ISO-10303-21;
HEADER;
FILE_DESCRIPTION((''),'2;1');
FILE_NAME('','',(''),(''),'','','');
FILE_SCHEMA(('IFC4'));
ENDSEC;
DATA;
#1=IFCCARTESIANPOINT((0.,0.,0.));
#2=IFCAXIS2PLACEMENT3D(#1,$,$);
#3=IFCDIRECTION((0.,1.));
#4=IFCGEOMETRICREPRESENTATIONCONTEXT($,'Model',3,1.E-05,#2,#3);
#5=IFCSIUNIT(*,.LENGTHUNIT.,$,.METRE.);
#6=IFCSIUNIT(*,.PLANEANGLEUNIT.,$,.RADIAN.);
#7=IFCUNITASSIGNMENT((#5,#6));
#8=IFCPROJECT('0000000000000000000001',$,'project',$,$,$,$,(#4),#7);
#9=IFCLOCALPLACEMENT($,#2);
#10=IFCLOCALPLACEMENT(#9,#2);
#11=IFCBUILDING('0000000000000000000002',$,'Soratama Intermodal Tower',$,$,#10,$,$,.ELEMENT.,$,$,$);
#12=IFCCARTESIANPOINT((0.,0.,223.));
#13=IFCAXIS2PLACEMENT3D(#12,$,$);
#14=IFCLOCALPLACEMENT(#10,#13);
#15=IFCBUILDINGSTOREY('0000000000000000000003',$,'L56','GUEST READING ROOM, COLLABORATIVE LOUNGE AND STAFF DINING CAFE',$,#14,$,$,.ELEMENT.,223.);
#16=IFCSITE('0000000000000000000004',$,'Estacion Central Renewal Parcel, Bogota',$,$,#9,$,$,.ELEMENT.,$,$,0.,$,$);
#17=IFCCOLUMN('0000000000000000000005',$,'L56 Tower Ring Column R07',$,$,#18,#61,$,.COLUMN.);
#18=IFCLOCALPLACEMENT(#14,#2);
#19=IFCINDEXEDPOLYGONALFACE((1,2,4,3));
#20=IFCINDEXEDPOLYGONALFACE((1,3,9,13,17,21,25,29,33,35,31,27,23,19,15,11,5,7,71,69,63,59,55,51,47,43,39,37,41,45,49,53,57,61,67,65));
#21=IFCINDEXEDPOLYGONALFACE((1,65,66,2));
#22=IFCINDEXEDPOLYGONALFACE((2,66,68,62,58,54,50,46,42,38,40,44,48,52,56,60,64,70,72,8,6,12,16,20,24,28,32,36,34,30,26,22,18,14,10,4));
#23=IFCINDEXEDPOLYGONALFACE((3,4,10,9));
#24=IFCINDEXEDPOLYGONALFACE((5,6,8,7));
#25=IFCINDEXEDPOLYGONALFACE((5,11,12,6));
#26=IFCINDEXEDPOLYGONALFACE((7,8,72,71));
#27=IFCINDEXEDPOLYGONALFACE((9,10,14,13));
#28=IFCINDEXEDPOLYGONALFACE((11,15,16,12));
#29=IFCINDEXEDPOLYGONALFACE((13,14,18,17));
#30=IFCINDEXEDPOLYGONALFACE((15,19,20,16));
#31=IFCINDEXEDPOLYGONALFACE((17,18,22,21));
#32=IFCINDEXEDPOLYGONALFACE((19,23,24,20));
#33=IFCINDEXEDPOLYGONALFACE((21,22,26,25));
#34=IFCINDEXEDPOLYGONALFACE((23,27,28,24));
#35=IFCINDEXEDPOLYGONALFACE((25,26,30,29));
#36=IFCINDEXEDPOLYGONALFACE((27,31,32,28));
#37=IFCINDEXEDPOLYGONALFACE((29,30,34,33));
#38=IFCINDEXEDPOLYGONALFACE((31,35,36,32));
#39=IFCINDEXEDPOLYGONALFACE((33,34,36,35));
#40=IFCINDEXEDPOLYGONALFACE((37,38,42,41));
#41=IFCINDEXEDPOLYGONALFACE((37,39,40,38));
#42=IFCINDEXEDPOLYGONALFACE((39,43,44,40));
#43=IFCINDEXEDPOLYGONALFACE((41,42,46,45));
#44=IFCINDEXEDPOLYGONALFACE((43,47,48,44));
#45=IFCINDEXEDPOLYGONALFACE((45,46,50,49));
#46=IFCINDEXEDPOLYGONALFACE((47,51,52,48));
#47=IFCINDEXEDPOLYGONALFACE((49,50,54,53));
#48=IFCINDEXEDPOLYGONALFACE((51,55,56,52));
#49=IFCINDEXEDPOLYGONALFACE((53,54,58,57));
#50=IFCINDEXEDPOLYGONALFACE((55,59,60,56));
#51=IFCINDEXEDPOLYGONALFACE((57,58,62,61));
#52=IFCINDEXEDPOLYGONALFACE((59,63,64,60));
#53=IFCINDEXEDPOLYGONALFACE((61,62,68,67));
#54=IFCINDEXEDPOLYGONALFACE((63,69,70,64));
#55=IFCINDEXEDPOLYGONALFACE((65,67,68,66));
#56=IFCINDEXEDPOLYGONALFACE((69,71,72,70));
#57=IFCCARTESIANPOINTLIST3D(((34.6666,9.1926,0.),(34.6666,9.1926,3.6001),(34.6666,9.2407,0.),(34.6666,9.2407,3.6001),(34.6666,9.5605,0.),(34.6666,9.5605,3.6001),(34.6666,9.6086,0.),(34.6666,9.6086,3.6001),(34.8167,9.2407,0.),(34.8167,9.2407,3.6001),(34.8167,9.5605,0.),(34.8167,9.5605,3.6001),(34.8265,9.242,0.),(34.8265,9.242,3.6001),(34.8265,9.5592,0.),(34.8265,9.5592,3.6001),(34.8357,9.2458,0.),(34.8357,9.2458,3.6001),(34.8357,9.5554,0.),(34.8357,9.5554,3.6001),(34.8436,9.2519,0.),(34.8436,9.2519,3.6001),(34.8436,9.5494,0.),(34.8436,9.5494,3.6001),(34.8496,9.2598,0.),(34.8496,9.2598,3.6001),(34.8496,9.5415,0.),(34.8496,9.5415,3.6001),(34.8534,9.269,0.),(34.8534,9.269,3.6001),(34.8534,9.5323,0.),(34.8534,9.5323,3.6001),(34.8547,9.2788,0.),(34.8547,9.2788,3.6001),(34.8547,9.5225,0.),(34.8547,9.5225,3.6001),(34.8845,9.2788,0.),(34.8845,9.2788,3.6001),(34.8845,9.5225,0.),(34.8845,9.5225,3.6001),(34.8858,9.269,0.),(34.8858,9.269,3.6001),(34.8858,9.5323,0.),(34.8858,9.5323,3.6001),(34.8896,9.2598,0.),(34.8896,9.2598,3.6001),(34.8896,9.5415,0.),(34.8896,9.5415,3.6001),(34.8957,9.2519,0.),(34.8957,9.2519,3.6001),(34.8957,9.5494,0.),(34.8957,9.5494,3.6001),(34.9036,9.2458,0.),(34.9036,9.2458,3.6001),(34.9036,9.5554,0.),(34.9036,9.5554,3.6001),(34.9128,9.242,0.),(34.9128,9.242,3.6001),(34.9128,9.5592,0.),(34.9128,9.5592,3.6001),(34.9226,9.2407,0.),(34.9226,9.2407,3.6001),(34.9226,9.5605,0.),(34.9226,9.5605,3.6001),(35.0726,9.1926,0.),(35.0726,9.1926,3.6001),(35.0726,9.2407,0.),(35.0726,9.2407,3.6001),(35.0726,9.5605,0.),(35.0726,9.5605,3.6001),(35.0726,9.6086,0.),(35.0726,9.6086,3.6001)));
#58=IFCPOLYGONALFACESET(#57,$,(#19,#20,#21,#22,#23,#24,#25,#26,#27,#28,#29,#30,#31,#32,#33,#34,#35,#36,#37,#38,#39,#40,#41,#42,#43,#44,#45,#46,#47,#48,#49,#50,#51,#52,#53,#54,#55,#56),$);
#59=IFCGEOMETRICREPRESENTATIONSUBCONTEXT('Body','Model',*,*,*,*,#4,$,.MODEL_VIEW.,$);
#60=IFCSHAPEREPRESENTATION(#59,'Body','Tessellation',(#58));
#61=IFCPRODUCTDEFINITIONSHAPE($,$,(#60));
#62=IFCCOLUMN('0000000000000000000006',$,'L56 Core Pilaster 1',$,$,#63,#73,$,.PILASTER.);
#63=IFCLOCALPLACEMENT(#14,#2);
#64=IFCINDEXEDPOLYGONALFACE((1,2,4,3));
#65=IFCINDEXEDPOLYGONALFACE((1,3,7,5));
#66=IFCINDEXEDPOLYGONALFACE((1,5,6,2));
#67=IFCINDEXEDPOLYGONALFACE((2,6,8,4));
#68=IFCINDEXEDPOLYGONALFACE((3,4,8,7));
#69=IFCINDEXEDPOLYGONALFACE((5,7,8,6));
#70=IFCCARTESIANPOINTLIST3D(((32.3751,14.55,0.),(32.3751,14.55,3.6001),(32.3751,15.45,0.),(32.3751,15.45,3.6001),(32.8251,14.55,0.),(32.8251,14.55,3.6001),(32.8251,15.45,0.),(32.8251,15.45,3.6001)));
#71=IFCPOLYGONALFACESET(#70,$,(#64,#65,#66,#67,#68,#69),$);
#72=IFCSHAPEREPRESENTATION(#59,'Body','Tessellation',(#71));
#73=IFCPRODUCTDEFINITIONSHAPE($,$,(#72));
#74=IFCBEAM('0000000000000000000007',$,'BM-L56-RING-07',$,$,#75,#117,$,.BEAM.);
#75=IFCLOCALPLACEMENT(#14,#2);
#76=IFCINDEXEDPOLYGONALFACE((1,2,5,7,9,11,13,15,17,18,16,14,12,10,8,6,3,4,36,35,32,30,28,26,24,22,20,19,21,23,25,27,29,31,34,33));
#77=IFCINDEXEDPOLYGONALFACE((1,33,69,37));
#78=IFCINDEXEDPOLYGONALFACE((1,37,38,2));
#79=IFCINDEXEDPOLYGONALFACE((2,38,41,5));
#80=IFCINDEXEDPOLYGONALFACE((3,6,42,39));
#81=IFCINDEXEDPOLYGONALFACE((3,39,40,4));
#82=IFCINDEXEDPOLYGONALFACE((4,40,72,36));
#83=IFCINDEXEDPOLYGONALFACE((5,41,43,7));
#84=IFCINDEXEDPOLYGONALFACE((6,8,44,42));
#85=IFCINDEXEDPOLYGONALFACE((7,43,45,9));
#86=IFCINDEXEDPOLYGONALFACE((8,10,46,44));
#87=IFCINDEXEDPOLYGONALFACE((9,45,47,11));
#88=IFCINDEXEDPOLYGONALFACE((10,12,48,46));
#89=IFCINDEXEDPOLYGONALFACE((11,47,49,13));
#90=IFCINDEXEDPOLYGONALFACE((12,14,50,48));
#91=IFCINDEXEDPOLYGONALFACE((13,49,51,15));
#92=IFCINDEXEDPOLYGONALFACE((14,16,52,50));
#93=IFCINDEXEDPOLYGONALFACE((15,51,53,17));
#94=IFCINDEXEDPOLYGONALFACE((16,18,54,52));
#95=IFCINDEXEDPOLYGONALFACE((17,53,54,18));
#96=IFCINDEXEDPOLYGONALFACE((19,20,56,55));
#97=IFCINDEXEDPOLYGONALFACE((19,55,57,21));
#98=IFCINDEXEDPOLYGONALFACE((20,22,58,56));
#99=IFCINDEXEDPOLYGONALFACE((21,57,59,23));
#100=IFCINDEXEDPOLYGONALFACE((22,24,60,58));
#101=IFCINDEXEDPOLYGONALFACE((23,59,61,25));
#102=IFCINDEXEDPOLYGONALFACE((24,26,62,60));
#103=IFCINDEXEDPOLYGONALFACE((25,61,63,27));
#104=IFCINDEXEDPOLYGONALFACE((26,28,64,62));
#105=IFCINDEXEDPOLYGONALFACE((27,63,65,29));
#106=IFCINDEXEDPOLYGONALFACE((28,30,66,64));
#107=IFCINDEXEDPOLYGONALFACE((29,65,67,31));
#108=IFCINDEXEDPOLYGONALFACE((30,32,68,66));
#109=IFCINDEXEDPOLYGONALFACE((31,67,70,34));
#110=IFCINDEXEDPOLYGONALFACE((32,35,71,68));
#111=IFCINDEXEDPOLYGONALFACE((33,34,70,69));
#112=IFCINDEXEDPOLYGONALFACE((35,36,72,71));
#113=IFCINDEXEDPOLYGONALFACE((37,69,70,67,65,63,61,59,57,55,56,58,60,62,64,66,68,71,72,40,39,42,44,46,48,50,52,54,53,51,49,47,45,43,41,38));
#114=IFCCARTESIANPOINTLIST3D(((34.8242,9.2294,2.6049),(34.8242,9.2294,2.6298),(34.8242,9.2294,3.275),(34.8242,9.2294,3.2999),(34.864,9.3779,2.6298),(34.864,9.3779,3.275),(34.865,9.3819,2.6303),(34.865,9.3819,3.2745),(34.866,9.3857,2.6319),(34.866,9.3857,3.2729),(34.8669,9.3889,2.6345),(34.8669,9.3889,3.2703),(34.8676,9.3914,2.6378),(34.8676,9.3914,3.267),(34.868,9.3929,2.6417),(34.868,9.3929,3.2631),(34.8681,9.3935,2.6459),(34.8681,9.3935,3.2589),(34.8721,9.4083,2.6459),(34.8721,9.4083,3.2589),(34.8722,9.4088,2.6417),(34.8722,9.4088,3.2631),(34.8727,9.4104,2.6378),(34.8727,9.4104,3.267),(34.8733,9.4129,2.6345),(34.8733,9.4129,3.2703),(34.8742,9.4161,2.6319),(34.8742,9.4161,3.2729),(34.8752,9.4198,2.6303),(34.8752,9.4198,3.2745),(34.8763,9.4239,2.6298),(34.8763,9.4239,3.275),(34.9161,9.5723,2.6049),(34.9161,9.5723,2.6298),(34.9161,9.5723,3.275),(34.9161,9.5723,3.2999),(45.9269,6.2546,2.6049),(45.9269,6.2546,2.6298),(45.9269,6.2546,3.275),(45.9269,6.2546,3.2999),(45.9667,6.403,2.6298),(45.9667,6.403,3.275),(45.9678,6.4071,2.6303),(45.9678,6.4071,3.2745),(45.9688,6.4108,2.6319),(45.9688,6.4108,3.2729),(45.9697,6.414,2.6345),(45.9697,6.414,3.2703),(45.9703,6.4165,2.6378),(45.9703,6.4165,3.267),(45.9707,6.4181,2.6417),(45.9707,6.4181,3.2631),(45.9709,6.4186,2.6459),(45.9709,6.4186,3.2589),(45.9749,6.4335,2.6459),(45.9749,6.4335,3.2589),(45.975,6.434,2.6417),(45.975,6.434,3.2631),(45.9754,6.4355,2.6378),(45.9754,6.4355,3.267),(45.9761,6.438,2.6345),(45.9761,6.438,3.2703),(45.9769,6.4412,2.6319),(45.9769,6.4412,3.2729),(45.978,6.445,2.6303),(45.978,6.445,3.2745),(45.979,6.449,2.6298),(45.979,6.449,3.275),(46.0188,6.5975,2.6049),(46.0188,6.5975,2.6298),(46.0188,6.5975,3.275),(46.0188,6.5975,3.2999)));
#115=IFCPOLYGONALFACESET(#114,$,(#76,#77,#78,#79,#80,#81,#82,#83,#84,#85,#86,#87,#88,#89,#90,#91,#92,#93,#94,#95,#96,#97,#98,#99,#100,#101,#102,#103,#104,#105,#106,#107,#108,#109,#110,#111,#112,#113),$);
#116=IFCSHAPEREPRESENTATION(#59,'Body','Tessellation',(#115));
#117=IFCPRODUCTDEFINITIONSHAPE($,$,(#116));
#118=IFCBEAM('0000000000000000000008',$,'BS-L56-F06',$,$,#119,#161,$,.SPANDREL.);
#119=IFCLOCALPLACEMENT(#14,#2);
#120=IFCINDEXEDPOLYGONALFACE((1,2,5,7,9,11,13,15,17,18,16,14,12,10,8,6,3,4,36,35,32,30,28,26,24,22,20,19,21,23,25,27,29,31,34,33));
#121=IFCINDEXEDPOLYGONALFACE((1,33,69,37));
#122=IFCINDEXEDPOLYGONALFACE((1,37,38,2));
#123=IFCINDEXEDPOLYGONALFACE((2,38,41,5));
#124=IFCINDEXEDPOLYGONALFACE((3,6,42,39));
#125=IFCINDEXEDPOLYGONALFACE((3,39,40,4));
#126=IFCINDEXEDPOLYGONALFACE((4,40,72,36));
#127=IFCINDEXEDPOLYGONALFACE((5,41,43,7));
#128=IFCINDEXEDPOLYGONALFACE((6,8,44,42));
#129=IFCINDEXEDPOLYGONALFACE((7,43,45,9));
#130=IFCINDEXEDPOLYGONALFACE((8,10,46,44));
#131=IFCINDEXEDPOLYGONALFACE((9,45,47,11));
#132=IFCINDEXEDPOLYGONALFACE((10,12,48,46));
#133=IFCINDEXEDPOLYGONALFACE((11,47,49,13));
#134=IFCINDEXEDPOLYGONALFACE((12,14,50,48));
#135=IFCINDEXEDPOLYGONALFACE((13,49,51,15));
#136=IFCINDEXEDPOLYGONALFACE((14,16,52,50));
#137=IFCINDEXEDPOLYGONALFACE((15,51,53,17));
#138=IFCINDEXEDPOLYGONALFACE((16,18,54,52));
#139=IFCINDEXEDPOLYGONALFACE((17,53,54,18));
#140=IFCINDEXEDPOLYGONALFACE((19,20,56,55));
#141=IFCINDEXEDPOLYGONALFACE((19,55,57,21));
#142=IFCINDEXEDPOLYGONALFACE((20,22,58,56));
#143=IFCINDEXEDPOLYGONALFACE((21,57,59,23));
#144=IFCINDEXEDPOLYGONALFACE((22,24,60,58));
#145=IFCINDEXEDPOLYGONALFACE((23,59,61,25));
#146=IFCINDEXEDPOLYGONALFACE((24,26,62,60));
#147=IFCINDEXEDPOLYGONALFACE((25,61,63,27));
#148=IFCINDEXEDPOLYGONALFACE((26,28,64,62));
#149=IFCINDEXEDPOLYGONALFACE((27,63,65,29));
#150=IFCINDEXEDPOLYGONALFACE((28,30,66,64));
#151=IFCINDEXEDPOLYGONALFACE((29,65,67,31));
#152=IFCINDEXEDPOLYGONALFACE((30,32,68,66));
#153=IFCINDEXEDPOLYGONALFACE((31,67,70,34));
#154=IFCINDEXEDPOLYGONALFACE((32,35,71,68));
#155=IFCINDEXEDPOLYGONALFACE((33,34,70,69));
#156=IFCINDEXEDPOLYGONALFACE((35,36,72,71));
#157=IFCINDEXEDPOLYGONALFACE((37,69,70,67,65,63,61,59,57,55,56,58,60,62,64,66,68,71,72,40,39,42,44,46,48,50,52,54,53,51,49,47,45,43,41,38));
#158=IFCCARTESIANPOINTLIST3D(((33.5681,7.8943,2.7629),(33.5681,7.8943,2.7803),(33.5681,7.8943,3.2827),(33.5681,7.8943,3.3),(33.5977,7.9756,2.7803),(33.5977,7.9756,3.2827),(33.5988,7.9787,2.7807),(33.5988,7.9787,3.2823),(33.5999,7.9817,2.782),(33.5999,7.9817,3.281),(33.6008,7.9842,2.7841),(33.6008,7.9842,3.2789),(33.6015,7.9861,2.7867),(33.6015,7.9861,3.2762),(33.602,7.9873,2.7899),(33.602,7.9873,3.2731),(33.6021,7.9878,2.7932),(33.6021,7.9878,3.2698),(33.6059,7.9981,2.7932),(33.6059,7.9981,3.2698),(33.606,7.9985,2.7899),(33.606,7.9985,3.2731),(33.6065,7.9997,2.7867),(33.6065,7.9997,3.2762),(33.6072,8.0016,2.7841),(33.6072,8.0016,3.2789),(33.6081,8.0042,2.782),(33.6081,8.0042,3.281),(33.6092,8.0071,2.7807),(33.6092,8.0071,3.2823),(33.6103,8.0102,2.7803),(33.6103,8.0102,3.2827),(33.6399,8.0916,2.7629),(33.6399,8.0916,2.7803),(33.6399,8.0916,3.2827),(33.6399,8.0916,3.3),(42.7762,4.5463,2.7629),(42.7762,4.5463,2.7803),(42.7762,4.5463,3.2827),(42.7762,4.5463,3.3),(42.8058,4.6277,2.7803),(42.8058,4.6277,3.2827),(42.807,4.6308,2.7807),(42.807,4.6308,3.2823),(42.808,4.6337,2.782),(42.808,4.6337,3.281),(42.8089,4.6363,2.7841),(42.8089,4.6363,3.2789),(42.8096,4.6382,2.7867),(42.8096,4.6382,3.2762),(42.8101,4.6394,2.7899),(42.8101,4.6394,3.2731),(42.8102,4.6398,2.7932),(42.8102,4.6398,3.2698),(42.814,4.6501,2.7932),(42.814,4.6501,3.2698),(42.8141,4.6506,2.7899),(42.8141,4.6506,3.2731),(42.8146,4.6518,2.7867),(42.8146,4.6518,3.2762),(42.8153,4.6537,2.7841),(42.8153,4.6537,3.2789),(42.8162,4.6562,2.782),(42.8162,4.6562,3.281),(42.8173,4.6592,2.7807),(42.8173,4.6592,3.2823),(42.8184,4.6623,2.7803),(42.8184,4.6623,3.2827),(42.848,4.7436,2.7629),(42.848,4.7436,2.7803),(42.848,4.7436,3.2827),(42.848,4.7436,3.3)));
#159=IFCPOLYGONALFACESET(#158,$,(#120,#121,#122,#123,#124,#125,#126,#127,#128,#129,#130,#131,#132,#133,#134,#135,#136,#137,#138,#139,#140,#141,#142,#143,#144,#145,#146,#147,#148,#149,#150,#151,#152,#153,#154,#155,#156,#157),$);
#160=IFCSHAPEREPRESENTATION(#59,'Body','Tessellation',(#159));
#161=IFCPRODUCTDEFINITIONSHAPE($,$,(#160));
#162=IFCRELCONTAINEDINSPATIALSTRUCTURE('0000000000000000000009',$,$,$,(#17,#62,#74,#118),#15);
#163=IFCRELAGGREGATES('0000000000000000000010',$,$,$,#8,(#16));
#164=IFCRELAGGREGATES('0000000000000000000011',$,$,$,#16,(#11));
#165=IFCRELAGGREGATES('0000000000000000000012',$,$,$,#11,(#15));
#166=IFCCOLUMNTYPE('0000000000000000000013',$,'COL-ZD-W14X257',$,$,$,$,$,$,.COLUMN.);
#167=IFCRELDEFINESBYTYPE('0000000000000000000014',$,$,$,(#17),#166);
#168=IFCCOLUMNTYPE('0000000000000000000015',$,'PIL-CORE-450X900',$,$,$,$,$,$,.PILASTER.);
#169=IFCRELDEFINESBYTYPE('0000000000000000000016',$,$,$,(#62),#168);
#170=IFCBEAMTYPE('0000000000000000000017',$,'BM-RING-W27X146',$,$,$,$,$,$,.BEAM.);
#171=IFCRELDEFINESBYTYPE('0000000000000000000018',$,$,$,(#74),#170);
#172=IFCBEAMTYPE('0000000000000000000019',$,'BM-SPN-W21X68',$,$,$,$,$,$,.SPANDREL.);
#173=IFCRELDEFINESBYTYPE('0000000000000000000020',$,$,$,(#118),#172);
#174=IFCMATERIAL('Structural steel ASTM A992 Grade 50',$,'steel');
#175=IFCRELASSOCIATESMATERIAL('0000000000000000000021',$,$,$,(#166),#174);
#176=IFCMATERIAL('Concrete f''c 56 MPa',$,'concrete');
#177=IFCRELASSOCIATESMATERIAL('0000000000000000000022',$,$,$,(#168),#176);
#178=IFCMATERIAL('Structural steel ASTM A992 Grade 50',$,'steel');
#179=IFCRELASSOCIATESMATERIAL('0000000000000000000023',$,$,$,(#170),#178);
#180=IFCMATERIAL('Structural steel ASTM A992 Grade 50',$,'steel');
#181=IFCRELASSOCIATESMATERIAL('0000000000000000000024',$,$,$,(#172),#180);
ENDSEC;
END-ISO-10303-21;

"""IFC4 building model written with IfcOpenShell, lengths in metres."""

from ifc_helpers import new_model, si_unit, direction, frame, origin, origin_2d, place, context, subcontext, project, spatial, rectangle, i_section, extrude, material, material_profile, profile_set, type_object, element, save


model = new_model("IFC4")

# Units and contexts
model_context = context("Model", 3, precision=1e-05, world=origin(), true_north=direction((0.0, 1.0)))
body_context = subcontext(model_context, "Body", "Model", "MODEL_VIEW")
ifc_project = project(units=[si_unit("LENGTHUNIT", "METRE"), si_unit("PLANEANGLEUNIT", "RADIAN")], contexts=[model_context])

# Site, building, storey
site_placement = place(None, origin())
site = spatial("IfcSite", under=ifc_project, at=site_placement, Name="Estacion Central Renewal Parcel, Bogota", CompositionType="ELEMENT", RefElevation=0.0)
building_placement = place(site_placement, origin())
building = spatial("IfcBuilding", under=site, at=building_placement, Name="Soratama Intermodal Tower", CompositionType="ELEMENT")
storey_placement = place(building_placement, frame((0.0, 0.0, 223.0)))
storey = spatial("IfcBuildingStorey", under=building, at=storey_placement, Name="L56", Description="GUEST READING ROOM, COLLABORATIVE LOUNGE AND STAFF DINING CAFE", CompositionType="ELEMENT", Elevation=223.0)

# Columns
ifc_material_1 = material(Name="Structural steel ASTM A992 Grade 50", Category="steel")
ifc_material_profile_1 = material_profile(ifc_material_1, i_section(OverallWidth=0.406, OverallDepth=0.416, WebThickness=0.0298, FlangeThickness=0.0481, FilletRadius=0.0381, at=origin_2d()), Name="W14X257")
ifc_profile_set_1 = profile_set([ifc_material_profile_1], Name="Structural steel ASTM A992 Grade 50")
column_type_1 = type_object("IfcColumnType", Name="COL-ZD-W14X257", PredefinedType="COLUMN", material=ifc_profile_set_1)
column_1_placement = place(storey_placement, frame((34.8696, 9.4006, 0.0), z_axis=(0.0, 0.0, 1.0), x_axis=(1.0, 0.0, 0.0)))
element("IfcColumn", 1, at=column_1_placement, inside=storey, type_object=column_type_1, Name="L56 Tower Ring Column R07", PredefinedType="COLUMN", context=body_context, shape_type="SweptSolid", body=[
    extrude(i_section(OverallWidth=0.406, OverallDepth=0.416, WebThickness=0.0298, FlangeThickness=0.0481, FilletRadius=0.0381, at=origin_2d()), origin(), (0.0, 0.0, 1.0), 3.6001),
])
ifc_material_2 = material(Name="Concrete f'c 56 MPa", Category="concrete")
ifc_material_profile_2 = material_profile(ifc_material_2, rectangle(XDim=0.45, YDim=0.8999, at=origin_2d()), Name="RC450X900")
ifc_profile_set_2 = profile_set([ifc_material_profile_2], Name="Concrete f'c 56 MPa")
column_type_2 = type_object("IfcColumnType", Name="PIL-CORE-450X900", PredefinedType="PILASTER", material=ifc_profile_set_2)
column_2_placement = place(storey_placement, frame((32.6001, 15.0, 0.0), z_axis=(0.0, 0.0, 1.0), x_axis=(1.0, 0.0, 0.0)))
element("IfcColumn", 2, at=column_2_placement, inside=storey, type_object=column_type_2, Name="L56 Core Pilaster 1", PredefinedType="PILASTER", context=body_context, shape_type="SweptSolid", body=[
    extrude(rectangle(XDim=0.45, YDim=0.8999, at=origin_2d()), origin(), (0.0, 0.0, 1.0), 3.6001),
])

# Beams
ifc_material_3 = material(Name="Structural steel ASTM A992 Grade 50", Category="steel")
ifc_material_profile_3 = material_profile(ifc_material_3, i_section(OverallWidth=0.355, OverallDepth=0.6951, WebThickness=0.0154, FlangeThickness=0.0249, FilletRadius=0.0161, at=origin_2d()), Name="W27X146")
ifc_profile_set_3 = profile_set([ifc_material_profile_3], Name="Structural steel ASTM A992 Grade 50")
beam_type_1 = type_object("IfcBeamType", Name="BM-RING-W27X146", PredefinedType="BEAM", material=ifc_profile_set_3)
beam_1_placement = place(storey_placement, frame((34.8701, 9.4009, 2.9524), z_axis=(0.965929, -0.258809, 0.0), x_axis=(0.258809, 0.965929, 0.0)))
element("IfcBeam", 3, at=beam_1_placement, inside=storey, type_object=beam_type_1, Name="BM-L56-RING-07", PredefinedType="BEAM", context=body_context, shape_type="SweptSolid", body=[
    extrude(i_section(OverallWidth=0.355, OverallDepth=0.6951, WebThickness=0.0154, FlangeThickness=0.0249, FilletRadius=0.0161, at=origin_2d()), origin(), (0.0, 0.0, 1.0), 11.4944),
])
ifc_material_4 = material(Name="Structural steel ASTM A992 Grade 50", Category="steel")
ifc_material_profile_4 = material_profile(ifc_material_4, i_section(OverallWidth=0.21, OverallDepth=0.5371, WebThickness=0.011, FlangeThickness=0.0173, FilletRadius=0.0129, at=origin_2d()), Name="W21X68")
ifc_profile_set_4 = profile_set([ifc_material_profile_4], Name="Structural steel ASTM A992 Grade 50")
beam_type_2 = type_object("IfcBeamType", Name="BM-SPN-W21X68", PredefinedType="SPANDREL", material=ifc_profile_set_4)
beam_2_placement = place(storey_placement, frame((33.604, 7.9929, 3.0315), z_axis=(0.939809, -0.341701, 0.0), x_axis=(0.341701, 0.939809, 0.0)))
element("IfcBeam", 4, at=beam_2_placement, inside=storey, type_object=beam_type_2, Name="BS-L56-F06", PredefinedType="SPANDREL", context=body_context, shape_type="SweptSolid", body=[
    extrude(i_section(OverallWidth=0.21, OverallDepth=0.5371, WebThickness=0.011, FlangeThickness=0.0173, FilletRadius=0.0129, at=origin_2d()), origin(), (0.0, 0.0, 1.0), 9.7979),
])

save(model, "model.ifc")
